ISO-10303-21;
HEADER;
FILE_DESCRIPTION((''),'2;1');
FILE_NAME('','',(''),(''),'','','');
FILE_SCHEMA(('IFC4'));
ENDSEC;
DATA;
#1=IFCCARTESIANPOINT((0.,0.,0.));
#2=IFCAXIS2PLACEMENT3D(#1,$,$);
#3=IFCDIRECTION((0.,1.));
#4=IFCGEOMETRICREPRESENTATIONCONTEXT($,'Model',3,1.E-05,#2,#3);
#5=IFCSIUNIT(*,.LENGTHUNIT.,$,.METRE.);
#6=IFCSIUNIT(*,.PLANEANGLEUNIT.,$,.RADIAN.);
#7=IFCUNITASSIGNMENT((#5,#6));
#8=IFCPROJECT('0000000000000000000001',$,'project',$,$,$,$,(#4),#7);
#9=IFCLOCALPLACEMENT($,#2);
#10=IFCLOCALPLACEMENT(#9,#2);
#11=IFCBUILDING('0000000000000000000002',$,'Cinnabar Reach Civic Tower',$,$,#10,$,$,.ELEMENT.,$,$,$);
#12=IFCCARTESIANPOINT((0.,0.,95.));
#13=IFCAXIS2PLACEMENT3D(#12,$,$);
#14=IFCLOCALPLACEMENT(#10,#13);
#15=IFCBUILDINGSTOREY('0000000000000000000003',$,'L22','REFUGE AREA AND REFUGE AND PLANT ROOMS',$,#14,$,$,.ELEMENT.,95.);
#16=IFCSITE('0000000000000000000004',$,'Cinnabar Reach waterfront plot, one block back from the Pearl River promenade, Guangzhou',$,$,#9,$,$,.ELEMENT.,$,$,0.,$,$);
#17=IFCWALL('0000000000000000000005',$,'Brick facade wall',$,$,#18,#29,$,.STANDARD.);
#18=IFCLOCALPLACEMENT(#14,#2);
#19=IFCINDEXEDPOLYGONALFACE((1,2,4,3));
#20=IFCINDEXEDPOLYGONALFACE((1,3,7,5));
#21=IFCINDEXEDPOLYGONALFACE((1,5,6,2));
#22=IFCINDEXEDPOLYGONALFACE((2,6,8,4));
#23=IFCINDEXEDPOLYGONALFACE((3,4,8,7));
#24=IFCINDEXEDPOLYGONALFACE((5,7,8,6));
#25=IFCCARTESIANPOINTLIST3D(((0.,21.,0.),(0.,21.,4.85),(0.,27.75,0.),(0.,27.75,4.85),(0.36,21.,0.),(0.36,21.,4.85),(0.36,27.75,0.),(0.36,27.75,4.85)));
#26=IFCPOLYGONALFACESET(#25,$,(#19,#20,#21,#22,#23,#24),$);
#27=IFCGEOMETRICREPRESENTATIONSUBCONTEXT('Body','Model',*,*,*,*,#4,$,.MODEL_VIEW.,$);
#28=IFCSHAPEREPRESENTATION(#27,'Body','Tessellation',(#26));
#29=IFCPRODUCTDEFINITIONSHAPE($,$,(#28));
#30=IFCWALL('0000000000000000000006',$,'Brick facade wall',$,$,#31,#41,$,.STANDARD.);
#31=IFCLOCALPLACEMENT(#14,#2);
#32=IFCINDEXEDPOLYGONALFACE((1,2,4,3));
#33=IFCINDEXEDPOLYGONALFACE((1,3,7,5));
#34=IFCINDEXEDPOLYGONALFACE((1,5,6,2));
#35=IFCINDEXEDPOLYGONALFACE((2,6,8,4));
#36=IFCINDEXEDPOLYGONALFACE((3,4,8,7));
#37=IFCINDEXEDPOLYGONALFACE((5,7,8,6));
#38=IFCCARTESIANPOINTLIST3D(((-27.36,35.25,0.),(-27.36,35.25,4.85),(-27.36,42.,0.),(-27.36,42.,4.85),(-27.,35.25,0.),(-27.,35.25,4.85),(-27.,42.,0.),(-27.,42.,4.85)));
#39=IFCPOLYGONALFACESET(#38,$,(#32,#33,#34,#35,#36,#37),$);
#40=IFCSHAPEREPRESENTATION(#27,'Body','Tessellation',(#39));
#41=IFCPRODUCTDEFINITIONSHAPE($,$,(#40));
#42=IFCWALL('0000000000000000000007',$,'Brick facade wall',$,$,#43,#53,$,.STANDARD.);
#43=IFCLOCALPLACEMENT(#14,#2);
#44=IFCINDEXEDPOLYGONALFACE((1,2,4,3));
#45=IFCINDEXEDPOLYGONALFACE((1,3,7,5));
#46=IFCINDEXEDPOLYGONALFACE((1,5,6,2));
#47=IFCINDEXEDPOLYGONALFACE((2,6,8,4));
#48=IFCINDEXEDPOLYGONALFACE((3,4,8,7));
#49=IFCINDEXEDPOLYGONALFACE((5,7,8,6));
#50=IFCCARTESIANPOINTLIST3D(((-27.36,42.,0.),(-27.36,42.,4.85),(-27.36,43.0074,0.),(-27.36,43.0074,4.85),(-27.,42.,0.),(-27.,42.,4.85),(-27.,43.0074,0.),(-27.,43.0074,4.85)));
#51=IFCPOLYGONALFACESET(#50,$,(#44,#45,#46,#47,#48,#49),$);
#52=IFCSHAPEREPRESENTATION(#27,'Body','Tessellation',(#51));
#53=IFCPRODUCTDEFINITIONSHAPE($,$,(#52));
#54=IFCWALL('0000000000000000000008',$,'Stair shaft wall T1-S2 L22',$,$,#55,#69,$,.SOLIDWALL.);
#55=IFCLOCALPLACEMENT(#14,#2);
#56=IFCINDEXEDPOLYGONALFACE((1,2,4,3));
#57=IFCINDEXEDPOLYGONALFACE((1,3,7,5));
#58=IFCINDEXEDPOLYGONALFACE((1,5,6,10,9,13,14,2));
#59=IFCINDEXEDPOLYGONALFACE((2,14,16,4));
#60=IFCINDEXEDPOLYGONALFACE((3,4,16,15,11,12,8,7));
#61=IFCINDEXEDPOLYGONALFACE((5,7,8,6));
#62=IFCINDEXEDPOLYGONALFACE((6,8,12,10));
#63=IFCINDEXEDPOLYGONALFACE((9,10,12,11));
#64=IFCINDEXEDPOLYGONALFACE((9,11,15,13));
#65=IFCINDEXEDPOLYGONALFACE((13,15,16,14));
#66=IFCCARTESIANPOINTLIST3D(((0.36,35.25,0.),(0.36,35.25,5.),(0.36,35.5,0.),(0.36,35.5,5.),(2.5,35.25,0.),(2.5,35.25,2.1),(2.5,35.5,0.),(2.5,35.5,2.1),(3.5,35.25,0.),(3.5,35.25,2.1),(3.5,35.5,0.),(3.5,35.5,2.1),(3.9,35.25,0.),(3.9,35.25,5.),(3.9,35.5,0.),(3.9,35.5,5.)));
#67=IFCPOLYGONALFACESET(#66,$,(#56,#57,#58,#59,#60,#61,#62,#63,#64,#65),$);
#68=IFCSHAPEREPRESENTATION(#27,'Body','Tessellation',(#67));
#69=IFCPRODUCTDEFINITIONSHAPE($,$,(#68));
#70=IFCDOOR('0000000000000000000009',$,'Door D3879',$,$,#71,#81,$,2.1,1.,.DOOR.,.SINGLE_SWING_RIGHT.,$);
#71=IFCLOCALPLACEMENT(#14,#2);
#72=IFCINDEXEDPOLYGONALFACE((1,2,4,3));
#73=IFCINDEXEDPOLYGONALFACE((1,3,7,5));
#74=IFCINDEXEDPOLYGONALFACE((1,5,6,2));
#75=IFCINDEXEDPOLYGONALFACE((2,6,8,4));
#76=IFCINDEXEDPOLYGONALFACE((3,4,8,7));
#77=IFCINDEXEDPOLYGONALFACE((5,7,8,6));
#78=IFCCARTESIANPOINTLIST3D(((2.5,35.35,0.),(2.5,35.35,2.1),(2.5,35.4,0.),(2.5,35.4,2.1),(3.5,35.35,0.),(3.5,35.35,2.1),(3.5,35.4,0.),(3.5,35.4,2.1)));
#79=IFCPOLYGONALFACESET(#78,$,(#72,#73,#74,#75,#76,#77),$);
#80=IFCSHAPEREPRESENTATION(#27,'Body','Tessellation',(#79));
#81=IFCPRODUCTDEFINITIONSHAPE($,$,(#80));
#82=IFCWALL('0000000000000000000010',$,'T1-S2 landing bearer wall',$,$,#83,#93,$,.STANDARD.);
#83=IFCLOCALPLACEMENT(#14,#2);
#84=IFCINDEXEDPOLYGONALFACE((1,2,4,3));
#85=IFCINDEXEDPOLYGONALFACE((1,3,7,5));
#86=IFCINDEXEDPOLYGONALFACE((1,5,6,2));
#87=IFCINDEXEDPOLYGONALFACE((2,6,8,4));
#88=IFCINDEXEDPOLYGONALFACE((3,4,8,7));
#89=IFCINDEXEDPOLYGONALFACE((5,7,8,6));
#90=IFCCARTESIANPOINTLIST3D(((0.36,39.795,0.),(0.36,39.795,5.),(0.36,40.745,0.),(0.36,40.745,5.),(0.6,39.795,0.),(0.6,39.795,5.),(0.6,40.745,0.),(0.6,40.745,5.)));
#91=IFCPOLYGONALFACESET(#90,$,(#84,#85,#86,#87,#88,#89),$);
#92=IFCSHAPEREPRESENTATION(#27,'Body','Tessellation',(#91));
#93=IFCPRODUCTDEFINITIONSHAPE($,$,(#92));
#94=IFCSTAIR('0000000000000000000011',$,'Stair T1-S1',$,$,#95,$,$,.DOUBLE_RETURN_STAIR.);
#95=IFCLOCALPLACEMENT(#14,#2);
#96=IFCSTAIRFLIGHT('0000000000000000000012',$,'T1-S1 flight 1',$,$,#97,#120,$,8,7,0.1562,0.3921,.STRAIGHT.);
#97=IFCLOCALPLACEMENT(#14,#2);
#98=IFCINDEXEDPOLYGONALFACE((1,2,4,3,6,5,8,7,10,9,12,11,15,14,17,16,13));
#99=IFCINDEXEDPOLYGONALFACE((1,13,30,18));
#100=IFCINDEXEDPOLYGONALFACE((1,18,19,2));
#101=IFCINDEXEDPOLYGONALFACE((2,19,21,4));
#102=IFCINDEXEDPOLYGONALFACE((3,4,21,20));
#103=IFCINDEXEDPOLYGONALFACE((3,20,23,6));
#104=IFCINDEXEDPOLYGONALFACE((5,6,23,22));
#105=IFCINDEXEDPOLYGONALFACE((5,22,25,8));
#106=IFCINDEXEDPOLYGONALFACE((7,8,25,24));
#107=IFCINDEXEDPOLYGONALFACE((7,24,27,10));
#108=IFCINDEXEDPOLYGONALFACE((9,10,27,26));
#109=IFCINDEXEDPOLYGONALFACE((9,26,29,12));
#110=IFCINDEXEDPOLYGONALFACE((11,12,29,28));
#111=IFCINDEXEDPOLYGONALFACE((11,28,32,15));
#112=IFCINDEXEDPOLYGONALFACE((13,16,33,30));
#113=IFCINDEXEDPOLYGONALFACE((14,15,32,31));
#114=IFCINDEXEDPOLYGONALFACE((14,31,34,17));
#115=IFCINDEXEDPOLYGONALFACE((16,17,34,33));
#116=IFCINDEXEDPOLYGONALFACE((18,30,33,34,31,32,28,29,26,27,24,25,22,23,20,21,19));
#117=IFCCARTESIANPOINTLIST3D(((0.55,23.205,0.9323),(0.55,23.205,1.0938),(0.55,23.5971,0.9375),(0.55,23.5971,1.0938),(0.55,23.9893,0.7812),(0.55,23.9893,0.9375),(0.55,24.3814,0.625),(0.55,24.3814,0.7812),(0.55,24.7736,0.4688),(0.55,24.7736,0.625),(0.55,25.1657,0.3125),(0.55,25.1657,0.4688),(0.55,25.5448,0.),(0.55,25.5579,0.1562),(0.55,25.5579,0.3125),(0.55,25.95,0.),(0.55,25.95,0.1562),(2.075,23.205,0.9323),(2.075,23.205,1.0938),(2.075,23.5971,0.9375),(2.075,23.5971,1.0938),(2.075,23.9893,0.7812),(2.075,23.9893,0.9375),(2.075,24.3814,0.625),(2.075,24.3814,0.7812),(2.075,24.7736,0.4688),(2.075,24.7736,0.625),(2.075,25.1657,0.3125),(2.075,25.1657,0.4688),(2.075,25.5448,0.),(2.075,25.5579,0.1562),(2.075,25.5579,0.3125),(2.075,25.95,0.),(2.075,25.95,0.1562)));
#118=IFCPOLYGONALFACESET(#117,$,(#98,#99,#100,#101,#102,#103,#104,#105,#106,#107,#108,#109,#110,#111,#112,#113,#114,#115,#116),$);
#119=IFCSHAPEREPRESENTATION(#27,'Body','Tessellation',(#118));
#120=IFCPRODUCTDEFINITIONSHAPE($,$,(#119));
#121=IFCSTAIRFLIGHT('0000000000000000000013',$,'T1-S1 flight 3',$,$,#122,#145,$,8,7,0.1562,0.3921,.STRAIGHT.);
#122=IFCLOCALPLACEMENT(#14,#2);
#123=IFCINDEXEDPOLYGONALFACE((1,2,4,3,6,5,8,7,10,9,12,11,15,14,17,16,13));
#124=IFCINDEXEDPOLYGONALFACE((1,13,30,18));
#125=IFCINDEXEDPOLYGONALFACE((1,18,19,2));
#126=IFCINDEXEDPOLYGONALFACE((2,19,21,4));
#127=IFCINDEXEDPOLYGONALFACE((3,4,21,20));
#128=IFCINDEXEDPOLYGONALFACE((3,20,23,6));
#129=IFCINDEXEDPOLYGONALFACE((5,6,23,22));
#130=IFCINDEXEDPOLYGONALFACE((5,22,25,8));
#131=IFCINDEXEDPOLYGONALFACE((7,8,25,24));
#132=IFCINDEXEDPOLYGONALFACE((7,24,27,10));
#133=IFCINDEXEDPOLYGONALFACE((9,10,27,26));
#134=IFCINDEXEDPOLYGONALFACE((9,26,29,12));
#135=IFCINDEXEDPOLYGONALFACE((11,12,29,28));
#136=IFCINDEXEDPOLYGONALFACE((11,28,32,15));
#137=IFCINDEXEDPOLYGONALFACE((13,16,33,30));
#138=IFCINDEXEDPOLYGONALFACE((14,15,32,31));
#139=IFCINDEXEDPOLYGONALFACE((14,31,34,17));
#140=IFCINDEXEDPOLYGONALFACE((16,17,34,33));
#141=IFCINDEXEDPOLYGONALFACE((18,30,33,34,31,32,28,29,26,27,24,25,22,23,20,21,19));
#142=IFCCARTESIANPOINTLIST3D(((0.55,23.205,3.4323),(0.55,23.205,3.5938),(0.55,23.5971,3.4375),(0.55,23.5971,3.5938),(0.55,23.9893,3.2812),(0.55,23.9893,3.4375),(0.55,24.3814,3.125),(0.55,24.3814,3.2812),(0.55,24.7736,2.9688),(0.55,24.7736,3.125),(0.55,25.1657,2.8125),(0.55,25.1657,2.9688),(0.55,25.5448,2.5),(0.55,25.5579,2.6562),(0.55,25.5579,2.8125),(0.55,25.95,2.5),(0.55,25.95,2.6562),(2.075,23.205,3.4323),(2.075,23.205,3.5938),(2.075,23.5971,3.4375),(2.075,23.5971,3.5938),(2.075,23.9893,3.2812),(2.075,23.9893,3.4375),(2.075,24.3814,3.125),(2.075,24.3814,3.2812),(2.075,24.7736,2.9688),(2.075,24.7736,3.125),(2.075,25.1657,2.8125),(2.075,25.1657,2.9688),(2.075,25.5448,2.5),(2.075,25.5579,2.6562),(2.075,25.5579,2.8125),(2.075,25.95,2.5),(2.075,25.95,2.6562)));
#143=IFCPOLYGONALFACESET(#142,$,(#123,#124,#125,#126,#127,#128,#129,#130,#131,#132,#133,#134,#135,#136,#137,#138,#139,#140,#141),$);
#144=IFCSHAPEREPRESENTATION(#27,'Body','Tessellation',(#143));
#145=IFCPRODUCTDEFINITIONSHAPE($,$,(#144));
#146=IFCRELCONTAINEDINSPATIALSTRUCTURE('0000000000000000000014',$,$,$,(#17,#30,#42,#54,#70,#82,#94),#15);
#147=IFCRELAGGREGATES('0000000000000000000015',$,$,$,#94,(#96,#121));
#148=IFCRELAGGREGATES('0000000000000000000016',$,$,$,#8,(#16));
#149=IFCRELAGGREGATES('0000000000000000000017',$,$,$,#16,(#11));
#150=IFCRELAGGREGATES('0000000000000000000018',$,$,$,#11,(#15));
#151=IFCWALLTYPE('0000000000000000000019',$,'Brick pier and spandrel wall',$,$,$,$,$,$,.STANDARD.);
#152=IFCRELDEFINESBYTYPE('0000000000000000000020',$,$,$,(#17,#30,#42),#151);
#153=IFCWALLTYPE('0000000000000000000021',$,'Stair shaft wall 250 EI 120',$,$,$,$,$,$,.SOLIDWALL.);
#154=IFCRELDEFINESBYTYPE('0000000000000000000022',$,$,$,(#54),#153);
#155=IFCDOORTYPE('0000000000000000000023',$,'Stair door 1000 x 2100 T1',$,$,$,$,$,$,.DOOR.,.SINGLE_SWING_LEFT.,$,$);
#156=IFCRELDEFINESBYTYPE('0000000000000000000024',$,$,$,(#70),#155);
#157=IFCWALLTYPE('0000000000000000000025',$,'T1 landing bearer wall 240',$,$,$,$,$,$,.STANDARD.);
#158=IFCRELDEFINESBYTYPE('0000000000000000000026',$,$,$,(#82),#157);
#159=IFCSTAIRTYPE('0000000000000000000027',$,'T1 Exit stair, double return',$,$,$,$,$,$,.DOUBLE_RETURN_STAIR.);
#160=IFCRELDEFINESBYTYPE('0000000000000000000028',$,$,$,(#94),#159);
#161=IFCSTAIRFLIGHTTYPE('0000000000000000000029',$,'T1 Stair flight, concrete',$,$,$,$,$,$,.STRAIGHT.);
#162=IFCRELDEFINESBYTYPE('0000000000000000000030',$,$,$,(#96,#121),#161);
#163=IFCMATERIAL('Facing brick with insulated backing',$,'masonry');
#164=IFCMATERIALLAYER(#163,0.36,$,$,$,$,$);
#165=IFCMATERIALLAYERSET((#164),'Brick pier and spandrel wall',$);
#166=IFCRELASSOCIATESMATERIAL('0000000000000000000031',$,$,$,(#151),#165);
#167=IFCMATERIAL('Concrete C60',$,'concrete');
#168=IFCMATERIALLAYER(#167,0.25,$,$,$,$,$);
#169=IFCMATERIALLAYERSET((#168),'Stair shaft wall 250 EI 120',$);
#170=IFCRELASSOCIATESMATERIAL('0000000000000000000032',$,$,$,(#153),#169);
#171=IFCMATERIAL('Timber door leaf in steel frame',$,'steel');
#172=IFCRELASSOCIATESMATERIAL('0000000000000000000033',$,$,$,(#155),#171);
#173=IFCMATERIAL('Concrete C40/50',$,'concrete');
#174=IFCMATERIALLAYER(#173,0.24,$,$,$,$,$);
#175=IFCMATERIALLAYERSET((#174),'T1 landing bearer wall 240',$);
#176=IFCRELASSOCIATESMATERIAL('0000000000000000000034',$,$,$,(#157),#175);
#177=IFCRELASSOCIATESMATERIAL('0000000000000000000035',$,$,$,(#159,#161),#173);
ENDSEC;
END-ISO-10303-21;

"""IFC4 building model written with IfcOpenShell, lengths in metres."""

from ifc_helpers import new_model, si_unit, direction, frame, frame_2d, origin, place, context, subcontext, project, spatial, polyline, rectangle, outline, extrude, material, layer, layer_set, type_object, element, fill, aggregate, save


model = new_model("IFC4")

# Units and contexts
model_context = context("Model", 3, precision=1e-05, world=origin(), true_north=direction((0.0, 1.0)))
body_context = subcontext(model_context, "Body", "Model", "MODEL_VIEW")
ifc_project = project(units=[si_unit("LENGTHUNIT", "METRE"), si_unit("PLANEANGLEUNIT", "RADIAN")], contexts=[model_context])

# Site, building, storey
site_placement = place(None, origin())
site = spatial("IfcSite", under=ifc_project, at=site_placement, Name="Cinnabar Reach waterfront plot, one block back from the Pearl River promenade, Guangzhou", CompositionType="ELEMENT", RefElevation=0.0)
building_placement = place(site_placement, origin())
building = spatial("IfcBuilding", under=site, at=building_placement, Name="Cinnabar Reach Civic Tower", CompositionType="ELEMENT")
storey_placement = place(building_placement, frame((0.0, 0.0, 95.0)))
storey = spatial("IfcBuildingStorey", under=building, at=storey_placement, Name="L22", Description="REFUGE AREA AND REFUGE AND PLANT ROOMS", CompositionType="ELEMENT", Elevation=95.0)

# Walls
ifc_material_1 = material(Name="Facing brick with insulated backing", Category="masonry")
ifc_layer_1 = layer(ifc_material_1, 0.36)
ifc_layer_set_1 = layer_set([ifc_layer_1], Name="Brick pier and spandrel wall")
wall_type_1 = type_object("IfcWallType", Name="Brick pier and spandrel wall", PredefinedType="STANDARD", material=ifc_layer_set_1)
for number, where, z_axis, x_axis, name in (
    (1, (0.18, 27.75, 0.0), (0.0, 0.0, 1.0), (0.0, -1.0, 0.0), "Brick facade wall"),
    (2, (-27.18, 35.25, 0.0), (0.0, 0.0, 1.0), (0.0, 1.0, 0.0), "Brick facade wall"),
):
    element("IfcWall", number, at=place(storey_placement, frame(where, z_axis=z_axis, x_axis=x_axis)), inside=storey, type_object=wall_type_1, Name=name, PredefinedType="STANDARD", context=body_context, shape_type="SweptSolid", body=[
        extrude(rectangle(XDim=6.75, YDim=0.36, at=frame_2d((3.375, 0.0))), origin(), (0.0, 0.0, 1.0), 4.85),
    ])
wall_1_placement = place(storey_placement, frame((-27.18, 42.0, 0.0), z_axis=(0.0, 0.0, 1.0), x_axis=(0.0, 1.0, 0.0)))
element("IfcWall", 3, at=wall_1_placement, inside=storey, type_object=wall_type_1, Name="Brick facade wall", PredefinedType="STANDARD", context=body_context, shape_type="SweptSolid", body=[
    extrude(rectangle(XDim=1.0074, YDim=0.36, at=frame_2d((0.5037, 0.0))), origin(), (0.0, 0.0, 1.0), 4.85),
])

# Wall, opening, door
ifc_material_2 = material(Name="Concrete C60", Category="concrete")
ifc_layer_2 = layer(ifc_material_2, 0.25)
ifc_layer_set_2 = layer_set([ifc_layer_2], Name="Stair shaft wall 250 EI 120")
wall_type_2 = type_object("IfcWallType", Name="Stair shaft wall 250 EI 120", PredefinedType="SOLIDWALL", material=ifc_layer_set_2)
wall_2_placement = place(storey_placement, frame((0.36, 35.375, 0.0), z_axis=(0.0, 0.0, 1.0), x_axis=(1.0, 0.0, 0.0)))
wall_2 = element("IfcWall", 4, at=wall_2_placement, inside=storey, type_object=wall_type_2, Name="Stair shaft wall T1-S2 L22", PredefinedType="SOLIDWALL", context=body_context, shape_type="SweptSolid", body=[
    extrude(rectangle(XDim=3.54, YDim=0.25, at=frame_2d((1.77, 0.0))), origin(), (0.0, 0.0, 1.0), 5.0),
])
opening_placement = place(wall_2_placement, frame((2.14, 0.0, 0.0)))
opening = element("IfcOpeningElement", 5, at=opening_placement, cuts=wall_2, PredefinedType="OPENING", context=body_context, shape_type="SweptSolid", body=[
    extrude(rectangle(XDim=1.0, YDim=2.1, at=frame_2d((0.5, 1.05))), frame((0.0, 0.135, 0.0), z_axis=(0.0, -1.0, 0.0), x_axis=(1.0, 0.0, 0.0)), (0.0, 0.0, 1.0), 0.27),
])
ifc_material_3 = material(Name="Timber door leaf in steel frame", Category="steel")
door_type = type_object("IfcDoorType", Name="Stair door 1000 x 2100 T1", OperationType="SINGLE_SWING_LEFT", PredefinedType="DOOR", material=ifc_material_3)
door_placement = place(opening_placement, origin())
door = element("IfcDoor", 6, at=door_placement, inside=storey, type_object=door_type, Name="Door D3879", OperationType="SINGLE_SWING_RIGHT", OverallHeight=2.1, OverallWidth=1.0, PredefinedType="DOOR", context=body_context, shape_type="SweptSolid", body=[
    extrude(rectangle(XDim=1.0, YDim=2.1, at=frame_2d((0.5, 1.05))), frame((0.0, 0.025, 0.0), z_axis=(0.0, -1.0, 0.0), x_axis=(1.0, 0.0, 0.0)), (0.0, 0.0, 1.0), 0.05),
])
fill(opening, door)

# Wall
ifc_material_4 = material(Name="Concrete C40/50", Category="concrete")
ifc_layer_3 = layer(ifc_material_4, 0.24)
ifc_layer_set_3 = layer_set([ifc_layer_3], Name="T1 landing bearer wall 240")
wall_type_3 = type_object("IfcWallType", Name="T1 landing bearer wall 240", PredefinedType="STANDARD", material=ifc_layer_set_3)
wall_3_placement = place(storey_placement, frame((0.48, 39.795, 0.0), z_axis=(0.0, 0.0, 1.0), x_axis=(0.0, 1.0, 0.0)))
element("IfcWall", 7, at=wall_3_placement, inside=storey, type_object=wall_type_3, Name="T1-S2 landing bearer wall", PredefinedType="STANDARD", context=body_context, shape_type="SweptSolid", body=[
    extrude(rectangle(XDim=0.9501, YDim=0.24, at=frame_2d((0.475, 0.0))), origin(), (0.0, 0.0, 1.0), 5.0),
])

# Stair, stair flights
stair_type = type_object("IfcStairType", Name="T1 Exit stair, double return", PredefinedType="DOUBLE_RETURN_STAIR", material=ifc_material_4)
stair_placement = place(storey_placement, origin())
stair = element("IfcStair", 8, at=stair_placement, inside=storey, type_object=stair_type, Name="Stair T1-S1", PredefinedType="DOUBLE_RETURN_STAIR")
stair_flight_type = type_object("IfcStairFlightType", Name="T1 Stair flight, concrete", PredefinedType="STRAIGHT", material=ifc_material_4)
stair_flight_1_placement = place(storey_placement, frame((1.3125, 25.95, 0.0), z_axis=(0.0, 0.0, 1.0), x_axis=(0.0, -1.0, 0.0)))
stair_flight_1 = element("IfcStairFlight", 9, at=stair_flight_1_placement, type_object=stair_flight_type, Name="T1-S1 flight 1", NumberOfRisers=8, NumberOfTreads=7, PredefinedType="STRAIGHT", RiserHeight=0.1562, TreadLength=0.3921, context=body_context, shape_type="SweptSolid", body=[
    extrude(outline(polyline([(0.0, 0.0), (0.0, 0.1562), (0.3921, 0.1562), (0.3921, 0.3125), (0.7843, 0.3125), (0.7843, 0.4688), (1.1764, 0.4688), (1.1764, 0.625), (1.5686, 0.625), (1.5686, 0.7812), (1.9607, 0.7812), (1.9607, 0.9375), (2.3529, 0.9375), (2.3529, 1.0938), (2.745, 1.0938), (2.745, 1.25), (2.745, 0.9323), (0.4052, 0.0), (0.0, 0.0)])), frame((0.0, 0.7625, 0.0), z_axis=(0.0, -1.0, 0.0), x_axis=(1.0, 0.0, 0.0)), (0.0, 0.0, 1.0), 1.525),
])
stair_flight_2_placement = place(storey_placement, frame((1.3125, 25.95, 2.5), z_axis=(0.0, 0.0, 1.0), x_axis=(0.0, -1.0, 0.0)))
stair_flight_2 = element("IfcStairFlight", 10, at=stair_flight_2_placement, type_object=stair_flight_type, Name="T1-S1 flight 3", NumberOfRisers=8, NumberOfTreads=7, PredefinedType="STRAIGHT", RiserHeight=0.1562, TreadLength=0.3921, context=body_context, shape_type="SweptSolid", body=[
    extrude(outline(polyline([(0.0, 0.0), (0.0, 0.1562), (0.3921, 0.1562), (0.3921, 0.3125), (0.7843, 0.3125), (0.7843, 0.4688), (1.1764, 0.4688), (1.1764, 0.625), (1.5686, 0.625), (1.5686, 0.7812), (1.9607, 0.7812), (1.9607, 0.9375), (2.3529, 0.9375), (2.3529, 1.0938), (2.745, 1.0938), (2.745, 1.25), (2.745, 0.9323), (0.4052, 0.0), (0.0, 0.0)])), frame((0.0, 0.7625, 0.0), z_axis=(0.0, -1.0, 0.0), x_axis=(1.0, 0.0, 0.0)), (0.0, 0.0, 1.0), 1.525),
])
aggregate(stair, [stair_flight_1, stair_flight_2])

save(model, "model.ifc")
